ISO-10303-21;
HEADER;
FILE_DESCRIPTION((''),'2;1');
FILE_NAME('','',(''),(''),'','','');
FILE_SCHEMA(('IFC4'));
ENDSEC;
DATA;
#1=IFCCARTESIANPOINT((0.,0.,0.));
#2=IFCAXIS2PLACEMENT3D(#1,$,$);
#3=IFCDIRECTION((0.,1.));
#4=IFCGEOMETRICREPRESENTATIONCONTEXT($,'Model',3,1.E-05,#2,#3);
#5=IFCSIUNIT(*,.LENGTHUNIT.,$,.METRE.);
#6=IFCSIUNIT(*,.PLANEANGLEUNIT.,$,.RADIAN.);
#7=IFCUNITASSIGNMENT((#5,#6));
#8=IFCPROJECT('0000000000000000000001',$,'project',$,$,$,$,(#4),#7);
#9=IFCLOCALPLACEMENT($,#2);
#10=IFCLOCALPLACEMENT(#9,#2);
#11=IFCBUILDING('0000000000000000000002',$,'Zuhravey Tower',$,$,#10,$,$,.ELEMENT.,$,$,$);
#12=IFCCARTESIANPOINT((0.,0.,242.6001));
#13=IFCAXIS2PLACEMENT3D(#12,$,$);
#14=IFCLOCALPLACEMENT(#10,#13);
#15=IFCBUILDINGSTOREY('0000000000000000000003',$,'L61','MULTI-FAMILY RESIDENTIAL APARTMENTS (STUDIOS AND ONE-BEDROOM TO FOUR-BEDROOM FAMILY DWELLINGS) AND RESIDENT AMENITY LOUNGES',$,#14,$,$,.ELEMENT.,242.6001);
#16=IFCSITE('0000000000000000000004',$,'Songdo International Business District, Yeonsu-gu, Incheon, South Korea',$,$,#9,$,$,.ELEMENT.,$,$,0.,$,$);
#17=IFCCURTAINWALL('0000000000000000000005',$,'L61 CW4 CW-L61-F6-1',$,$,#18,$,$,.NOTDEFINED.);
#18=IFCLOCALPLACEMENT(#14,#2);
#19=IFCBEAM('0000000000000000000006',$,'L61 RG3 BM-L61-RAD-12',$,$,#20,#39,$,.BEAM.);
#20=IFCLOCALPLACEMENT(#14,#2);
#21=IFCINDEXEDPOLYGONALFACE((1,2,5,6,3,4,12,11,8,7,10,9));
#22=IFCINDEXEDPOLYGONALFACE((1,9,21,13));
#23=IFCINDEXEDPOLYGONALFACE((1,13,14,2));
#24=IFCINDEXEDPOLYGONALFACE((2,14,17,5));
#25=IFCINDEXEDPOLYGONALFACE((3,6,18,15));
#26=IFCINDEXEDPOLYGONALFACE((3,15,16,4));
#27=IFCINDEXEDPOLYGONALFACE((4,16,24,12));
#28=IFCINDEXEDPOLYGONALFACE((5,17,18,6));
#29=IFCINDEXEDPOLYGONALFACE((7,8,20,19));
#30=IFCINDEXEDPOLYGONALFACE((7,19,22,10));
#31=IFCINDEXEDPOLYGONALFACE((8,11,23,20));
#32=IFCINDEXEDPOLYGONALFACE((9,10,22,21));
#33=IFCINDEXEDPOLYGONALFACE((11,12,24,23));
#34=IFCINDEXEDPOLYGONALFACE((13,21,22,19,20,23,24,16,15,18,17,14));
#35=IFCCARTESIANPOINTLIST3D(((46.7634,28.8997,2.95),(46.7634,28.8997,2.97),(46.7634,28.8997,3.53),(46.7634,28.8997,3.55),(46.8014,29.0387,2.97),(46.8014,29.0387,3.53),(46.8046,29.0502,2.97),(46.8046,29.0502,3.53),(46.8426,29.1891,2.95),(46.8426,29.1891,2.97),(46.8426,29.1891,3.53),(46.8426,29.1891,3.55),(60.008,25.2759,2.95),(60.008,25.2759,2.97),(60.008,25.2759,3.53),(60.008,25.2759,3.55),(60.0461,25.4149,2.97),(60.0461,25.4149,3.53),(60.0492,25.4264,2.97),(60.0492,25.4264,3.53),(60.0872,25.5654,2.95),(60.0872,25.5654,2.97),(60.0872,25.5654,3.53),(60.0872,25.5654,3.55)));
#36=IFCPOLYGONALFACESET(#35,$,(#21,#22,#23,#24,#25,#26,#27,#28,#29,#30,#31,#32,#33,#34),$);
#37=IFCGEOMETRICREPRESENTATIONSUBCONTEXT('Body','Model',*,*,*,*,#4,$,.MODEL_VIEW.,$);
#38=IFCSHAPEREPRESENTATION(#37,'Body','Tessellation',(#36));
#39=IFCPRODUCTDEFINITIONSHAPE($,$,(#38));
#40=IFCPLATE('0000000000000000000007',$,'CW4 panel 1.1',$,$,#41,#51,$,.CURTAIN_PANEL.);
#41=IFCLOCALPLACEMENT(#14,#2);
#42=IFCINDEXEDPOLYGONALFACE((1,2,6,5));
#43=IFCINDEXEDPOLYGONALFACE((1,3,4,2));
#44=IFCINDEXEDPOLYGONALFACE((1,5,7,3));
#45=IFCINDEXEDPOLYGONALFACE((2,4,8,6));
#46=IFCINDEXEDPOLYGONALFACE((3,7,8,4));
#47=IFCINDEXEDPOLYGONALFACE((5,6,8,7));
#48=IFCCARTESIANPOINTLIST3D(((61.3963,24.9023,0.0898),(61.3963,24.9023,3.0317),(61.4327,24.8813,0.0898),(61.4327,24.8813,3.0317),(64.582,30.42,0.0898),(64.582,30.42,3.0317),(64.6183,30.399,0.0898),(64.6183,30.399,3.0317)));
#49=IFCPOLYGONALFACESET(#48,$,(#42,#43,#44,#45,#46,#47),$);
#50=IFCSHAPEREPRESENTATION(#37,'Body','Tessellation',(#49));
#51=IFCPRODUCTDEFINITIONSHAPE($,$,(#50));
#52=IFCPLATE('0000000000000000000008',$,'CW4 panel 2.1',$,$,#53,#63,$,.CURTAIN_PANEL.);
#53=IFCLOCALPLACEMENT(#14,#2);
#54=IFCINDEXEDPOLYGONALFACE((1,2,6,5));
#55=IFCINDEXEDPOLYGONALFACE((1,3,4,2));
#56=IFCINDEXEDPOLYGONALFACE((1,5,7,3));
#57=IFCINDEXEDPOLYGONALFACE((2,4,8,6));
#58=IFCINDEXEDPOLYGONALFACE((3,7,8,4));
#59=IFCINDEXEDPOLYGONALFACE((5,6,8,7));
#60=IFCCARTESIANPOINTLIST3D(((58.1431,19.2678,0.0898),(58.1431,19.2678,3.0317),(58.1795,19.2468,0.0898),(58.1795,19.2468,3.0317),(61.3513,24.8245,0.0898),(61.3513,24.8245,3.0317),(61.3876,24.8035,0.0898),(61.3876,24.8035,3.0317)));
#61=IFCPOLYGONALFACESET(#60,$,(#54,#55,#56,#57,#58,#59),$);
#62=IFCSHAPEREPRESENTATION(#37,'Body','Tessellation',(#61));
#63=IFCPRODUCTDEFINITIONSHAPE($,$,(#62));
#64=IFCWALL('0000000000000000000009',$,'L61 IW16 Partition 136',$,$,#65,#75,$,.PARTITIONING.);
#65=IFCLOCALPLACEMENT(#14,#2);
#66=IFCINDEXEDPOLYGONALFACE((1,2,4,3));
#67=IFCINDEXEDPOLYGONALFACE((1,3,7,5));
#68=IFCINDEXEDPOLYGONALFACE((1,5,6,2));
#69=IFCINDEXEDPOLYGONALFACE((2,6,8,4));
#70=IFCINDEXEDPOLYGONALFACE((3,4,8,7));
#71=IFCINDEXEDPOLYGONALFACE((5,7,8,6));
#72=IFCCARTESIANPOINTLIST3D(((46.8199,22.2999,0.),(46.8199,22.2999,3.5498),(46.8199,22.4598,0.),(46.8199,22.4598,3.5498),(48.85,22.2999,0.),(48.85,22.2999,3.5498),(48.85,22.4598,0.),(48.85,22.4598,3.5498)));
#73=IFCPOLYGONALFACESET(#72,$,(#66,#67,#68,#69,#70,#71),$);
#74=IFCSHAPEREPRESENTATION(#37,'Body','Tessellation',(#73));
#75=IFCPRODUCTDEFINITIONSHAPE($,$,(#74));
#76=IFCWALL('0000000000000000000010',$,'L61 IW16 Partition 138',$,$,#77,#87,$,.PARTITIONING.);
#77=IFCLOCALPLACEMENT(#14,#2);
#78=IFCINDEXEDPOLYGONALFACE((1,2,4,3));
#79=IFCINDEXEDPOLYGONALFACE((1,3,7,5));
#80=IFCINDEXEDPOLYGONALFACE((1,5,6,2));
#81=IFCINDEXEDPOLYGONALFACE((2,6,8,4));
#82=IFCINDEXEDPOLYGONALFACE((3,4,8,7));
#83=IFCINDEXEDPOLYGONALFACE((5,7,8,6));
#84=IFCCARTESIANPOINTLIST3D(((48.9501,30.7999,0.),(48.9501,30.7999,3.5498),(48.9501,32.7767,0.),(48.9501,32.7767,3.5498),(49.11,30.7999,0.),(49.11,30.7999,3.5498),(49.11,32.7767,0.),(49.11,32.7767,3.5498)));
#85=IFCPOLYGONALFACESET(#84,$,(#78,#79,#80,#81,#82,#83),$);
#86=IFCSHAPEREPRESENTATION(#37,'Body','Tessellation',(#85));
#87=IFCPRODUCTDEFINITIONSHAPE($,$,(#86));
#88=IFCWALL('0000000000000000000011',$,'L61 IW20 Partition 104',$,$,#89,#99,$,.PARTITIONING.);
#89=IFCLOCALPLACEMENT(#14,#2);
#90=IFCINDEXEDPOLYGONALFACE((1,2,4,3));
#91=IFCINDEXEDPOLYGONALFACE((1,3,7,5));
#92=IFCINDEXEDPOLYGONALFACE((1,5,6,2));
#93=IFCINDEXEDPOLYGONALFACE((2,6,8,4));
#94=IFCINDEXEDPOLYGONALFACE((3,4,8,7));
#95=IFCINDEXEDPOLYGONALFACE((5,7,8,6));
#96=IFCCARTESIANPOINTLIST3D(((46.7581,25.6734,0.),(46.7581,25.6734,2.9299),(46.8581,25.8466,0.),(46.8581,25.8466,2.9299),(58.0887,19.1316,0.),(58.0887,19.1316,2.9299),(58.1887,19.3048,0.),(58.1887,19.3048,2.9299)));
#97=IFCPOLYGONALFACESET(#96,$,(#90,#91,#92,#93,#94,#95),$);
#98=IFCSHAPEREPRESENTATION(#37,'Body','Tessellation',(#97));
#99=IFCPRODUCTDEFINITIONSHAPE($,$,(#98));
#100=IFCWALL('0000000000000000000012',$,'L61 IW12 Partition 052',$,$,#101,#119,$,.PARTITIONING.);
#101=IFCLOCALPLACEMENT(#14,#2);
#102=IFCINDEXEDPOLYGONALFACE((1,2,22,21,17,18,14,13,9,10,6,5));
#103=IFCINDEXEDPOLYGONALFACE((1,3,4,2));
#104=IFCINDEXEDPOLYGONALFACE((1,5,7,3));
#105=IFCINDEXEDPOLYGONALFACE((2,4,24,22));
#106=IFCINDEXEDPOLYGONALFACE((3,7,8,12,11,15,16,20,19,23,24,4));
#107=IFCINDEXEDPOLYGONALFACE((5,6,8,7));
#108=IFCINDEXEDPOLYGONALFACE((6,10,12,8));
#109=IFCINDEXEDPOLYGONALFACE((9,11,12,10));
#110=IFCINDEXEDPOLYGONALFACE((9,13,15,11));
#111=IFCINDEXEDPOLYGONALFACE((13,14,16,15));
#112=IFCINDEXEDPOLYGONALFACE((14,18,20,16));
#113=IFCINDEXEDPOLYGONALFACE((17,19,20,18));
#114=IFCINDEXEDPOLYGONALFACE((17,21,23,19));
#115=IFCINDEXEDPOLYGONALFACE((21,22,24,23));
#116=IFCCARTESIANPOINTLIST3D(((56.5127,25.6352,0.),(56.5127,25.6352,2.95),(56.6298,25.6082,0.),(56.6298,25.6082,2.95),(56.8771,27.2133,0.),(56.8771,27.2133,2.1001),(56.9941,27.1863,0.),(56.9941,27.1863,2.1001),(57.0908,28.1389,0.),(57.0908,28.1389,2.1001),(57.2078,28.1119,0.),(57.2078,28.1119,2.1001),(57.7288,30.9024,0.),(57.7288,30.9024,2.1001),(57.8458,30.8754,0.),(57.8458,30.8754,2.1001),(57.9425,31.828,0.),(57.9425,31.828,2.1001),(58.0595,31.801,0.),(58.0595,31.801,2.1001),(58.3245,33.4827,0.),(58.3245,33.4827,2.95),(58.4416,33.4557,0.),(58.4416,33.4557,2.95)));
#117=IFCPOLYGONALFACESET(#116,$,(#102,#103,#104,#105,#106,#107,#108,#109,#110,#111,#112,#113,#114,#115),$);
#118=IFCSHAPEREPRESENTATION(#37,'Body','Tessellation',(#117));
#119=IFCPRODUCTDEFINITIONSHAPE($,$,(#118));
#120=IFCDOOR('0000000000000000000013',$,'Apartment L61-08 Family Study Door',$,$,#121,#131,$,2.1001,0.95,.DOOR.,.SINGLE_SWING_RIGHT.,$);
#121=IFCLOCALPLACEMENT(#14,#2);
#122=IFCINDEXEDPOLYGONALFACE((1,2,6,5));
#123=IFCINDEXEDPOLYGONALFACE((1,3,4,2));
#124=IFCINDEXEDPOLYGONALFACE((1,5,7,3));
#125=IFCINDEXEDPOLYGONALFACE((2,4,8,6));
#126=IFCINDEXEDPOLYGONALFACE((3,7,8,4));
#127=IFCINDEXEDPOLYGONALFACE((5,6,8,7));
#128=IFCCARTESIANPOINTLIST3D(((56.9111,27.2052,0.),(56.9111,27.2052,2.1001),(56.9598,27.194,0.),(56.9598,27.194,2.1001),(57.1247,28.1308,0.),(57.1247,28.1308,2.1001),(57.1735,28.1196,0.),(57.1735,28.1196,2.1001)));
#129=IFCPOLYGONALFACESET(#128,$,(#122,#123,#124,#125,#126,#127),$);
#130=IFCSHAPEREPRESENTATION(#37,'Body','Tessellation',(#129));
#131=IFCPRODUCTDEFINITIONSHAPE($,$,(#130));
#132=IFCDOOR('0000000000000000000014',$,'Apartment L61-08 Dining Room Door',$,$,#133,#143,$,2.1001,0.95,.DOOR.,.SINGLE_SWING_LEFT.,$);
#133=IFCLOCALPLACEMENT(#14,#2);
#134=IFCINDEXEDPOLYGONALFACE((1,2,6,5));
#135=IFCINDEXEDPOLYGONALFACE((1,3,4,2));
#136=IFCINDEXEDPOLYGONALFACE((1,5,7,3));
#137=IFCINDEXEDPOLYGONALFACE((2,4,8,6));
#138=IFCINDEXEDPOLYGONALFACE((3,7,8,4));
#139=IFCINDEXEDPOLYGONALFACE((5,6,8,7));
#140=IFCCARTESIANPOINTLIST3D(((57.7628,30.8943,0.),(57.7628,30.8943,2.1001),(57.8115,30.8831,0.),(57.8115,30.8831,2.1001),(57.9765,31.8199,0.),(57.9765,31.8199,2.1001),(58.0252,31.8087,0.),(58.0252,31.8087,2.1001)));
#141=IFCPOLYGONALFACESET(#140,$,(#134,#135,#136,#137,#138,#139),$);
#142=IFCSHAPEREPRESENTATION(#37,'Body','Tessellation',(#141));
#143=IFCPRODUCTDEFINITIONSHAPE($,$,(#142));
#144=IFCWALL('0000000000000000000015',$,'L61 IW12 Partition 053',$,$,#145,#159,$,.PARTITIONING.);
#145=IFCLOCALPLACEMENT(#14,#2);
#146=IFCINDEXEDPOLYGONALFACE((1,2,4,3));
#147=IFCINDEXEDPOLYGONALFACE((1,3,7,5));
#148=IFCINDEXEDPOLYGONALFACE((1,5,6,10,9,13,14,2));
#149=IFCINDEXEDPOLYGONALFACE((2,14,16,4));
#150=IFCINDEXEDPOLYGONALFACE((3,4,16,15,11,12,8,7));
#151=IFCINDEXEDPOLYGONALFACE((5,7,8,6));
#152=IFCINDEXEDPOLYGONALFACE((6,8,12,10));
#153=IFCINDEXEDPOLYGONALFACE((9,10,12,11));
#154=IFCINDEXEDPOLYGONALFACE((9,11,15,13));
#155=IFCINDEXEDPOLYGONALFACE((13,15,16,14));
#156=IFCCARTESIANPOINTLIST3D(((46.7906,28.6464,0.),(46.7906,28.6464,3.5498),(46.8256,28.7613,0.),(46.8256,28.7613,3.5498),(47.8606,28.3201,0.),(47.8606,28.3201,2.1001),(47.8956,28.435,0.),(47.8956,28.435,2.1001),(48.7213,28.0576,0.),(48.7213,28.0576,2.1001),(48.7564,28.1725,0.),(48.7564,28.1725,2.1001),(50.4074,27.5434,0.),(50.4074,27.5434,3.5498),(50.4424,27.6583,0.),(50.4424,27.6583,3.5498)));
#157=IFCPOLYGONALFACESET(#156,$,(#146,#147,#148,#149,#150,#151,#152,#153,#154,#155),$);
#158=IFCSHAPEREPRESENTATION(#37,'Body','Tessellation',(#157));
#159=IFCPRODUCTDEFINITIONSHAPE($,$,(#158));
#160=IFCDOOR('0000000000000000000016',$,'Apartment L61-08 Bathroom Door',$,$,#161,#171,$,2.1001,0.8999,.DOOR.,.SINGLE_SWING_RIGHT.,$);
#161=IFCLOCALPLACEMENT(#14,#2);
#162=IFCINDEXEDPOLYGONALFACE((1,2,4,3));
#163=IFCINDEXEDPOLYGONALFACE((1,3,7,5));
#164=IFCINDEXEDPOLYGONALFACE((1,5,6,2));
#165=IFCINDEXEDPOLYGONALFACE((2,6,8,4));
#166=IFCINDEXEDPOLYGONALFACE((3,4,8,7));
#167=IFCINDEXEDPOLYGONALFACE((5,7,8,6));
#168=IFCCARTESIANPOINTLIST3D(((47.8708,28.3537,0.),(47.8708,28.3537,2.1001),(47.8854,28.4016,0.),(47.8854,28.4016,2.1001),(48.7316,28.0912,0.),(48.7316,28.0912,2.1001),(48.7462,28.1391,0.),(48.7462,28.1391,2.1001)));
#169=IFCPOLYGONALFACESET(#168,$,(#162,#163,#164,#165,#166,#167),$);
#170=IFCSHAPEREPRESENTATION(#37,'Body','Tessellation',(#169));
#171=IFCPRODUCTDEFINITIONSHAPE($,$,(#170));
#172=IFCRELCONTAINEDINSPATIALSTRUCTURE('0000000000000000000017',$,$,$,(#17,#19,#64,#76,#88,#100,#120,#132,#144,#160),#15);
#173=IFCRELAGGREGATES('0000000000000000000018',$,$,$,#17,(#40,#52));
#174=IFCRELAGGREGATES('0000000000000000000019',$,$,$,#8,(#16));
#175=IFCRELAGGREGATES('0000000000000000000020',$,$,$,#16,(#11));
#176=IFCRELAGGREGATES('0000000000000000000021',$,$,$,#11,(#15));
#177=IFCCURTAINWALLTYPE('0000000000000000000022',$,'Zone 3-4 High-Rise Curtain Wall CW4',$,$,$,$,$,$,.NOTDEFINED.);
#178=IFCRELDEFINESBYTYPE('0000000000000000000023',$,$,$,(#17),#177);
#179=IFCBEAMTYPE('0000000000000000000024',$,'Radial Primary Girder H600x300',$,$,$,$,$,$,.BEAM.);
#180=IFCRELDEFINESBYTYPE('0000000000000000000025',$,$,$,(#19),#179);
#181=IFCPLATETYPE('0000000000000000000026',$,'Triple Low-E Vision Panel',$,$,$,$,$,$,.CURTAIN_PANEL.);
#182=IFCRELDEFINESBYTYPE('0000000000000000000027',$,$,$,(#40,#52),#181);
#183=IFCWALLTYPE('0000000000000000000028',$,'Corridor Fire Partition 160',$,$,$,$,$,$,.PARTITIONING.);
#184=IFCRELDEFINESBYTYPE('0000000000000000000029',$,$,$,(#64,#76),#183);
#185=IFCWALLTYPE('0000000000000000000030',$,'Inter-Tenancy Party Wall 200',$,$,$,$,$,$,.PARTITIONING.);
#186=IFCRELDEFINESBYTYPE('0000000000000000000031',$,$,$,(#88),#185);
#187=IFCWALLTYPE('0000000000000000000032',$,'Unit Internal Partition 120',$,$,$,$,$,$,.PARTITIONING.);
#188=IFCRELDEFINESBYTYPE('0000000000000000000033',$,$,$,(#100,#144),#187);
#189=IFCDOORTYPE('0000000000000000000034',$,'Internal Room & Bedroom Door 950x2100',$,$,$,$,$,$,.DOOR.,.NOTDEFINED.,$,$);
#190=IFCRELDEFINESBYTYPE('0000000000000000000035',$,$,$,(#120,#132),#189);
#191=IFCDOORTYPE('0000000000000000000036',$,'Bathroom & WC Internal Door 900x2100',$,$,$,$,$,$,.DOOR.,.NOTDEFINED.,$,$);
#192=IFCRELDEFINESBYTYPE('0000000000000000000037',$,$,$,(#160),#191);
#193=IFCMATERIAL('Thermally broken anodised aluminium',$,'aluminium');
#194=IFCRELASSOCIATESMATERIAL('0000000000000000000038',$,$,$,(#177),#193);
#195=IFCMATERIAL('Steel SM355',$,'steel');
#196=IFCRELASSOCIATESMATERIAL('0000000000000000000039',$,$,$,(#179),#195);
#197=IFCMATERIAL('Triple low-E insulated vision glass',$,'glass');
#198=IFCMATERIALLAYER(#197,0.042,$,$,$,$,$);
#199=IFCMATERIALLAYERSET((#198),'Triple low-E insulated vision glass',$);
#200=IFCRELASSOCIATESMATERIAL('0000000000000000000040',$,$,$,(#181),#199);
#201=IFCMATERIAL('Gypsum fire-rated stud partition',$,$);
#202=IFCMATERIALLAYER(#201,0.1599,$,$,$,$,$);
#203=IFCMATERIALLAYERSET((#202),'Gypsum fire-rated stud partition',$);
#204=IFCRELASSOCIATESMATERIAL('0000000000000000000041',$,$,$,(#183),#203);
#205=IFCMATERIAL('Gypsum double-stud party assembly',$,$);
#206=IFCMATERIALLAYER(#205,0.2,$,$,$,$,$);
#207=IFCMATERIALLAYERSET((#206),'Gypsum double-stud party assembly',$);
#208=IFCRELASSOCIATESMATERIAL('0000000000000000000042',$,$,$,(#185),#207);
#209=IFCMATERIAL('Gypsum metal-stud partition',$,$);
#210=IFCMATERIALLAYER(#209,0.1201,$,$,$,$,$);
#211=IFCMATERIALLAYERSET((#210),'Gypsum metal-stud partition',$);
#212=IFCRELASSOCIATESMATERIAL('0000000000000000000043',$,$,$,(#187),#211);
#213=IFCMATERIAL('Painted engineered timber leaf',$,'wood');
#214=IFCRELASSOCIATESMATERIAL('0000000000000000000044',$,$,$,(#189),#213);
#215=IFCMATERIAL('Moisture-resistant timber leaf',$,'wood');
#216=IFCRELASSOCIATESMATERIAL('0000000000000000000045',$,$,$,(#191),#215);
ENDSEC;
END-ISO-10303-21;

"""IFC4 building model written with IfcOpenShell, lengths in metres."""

from ifc_helpers import new_model, si_unit, direction, frame, frame_2d, origin, origin_2d, place, context, subcontext, project, spatial, rectangle, i_section, extrude, material, layer, layer_set, material_profile, profile_set, type_object, element, fill, aggregate, save


model = new_model("IFC4")

# Units and contexts
model_context = context("Model", 3, precision=1e-05, world=origin(), true_north=direction((0.0, 1.0)))
body_context = subcontext(model_context, "Body", "Model", "MODEL_VIEW")
ifc_project = project(units=[si_unit("LENGTHUNIT", "METRE"), si_unit("PLANEANGLEUNIT", "RADIAN")], contexts=[model_context])

# Site, building, storey
site_placement = place(None, origin())
site = spatial("IfcSite", under=ifc_project, at=site_placement, Name="Songdo International Business District, Yeonsu-gu, Incheon, South Korea", CompositionType="ELEMENT", RefElevation=0.0)
building_placement = place(site_placement, origin())
building = spatial("IfcBuilding", under=site, at=building_placement, Name="Zuhravey Tower", CompositionType="ELEMENT")
storey_placement = place(building_placement, frame((0.0, 0.0, 242.6001)))
storey = spatial("IfcBuildingStorey", under=building, at=storey_placement, Name="L61", Description="MULTI-FAMILY RESIDENTIAL APARTMENTS (STUDIOS AND ONE-BEDROOM TO FOUR-BEDROOM FAMILY DWELLINGS) AND RESIDENT AMENITY LOUNGES", CompositionType="ELEMENT", Elevation=242.6001)

# Curtain wall
ifc_material_1 = material(Name="Thermally broken anodised aluminium", Category="aluminium")
curtain_wall_type = type_object("IfcCurtainWallType", Name="Zone 3-4 High-Rise Curtain Wall CW4", PredefinedType="NOTDEFINED", material=ifc_material_1)
curtain_wall_placement = place(storey_placement, origin())
curtain_wall = element("IfcCurtainWall", 1, at=curtain_wall_placement, inside=storey, type_object=curtain_wall_type, Name="L61 CW4 CW-L61-F6-1", PredefinedType="NOTDEFINED")

# Beam
ifc_material_2 = material(Name="Steel SM355", Category="steel")
ifc_material_profile_1 = material_profile(ifc_material_2, i_section(OverallWidth=0.3, OverallDepth=0.6001, WebThickness=0.012, FlangeThickness=0.02, at=origin_2d()), Name="H-600x300x12x20")
ifc_profile_set_1 = profile_set([ifc_material_profile_1], Name="Steel SM355")
beam_type_1 = type_object("IfcBeamType", Name="Radial Primary Girder H600x300", PredefinedType="BEAM", material=ifc_profile_set_1)
beam_1_placement = place(storey_placement, frame((46.803, 29.0444, 3.25), z_axis=(0.964549, -0.263904, 0.0), x_axis=(0.263904, 0.964549, 0.0)))
element("IfcBeam", 2, at=beam_1_placement, inside=storey, type_object=beam_type_1, Name="L61 RG3 BM-L61-RAD-12", PredefinedType="BEAM", context=body_context, shape_type="SweptSolid", body=[
    extrude(i_section(OverallWidth=0.3, OverallDepth=0.6001, WebThickness=0.012, FlangeThickness=0.02, at=origin_2d()), origin(), (0.0, 0.0, 1.0), 13.7314),
])

# Plates
ifc_material_3 = material(Name="Triple low-E insulated vision glass", Category="glass")
ifc_layer_1 = layer(ifc_material_3, 0.042)
ifc_layer_set_1 = layer_set([ifc_layer_1], Name="Triple low-E insulated vision glass")
plate_type = type_object("IfcPlateType", Name="Triple Low-E Vision Panel", PredefinedType="CURTAIN_PANEL", material=ifc_layer_set_1)
plate_1_placement = place(storey_placement, frame((63.0073, 27.6506, 0.0898), z_axis=(0.0, 0.0, 1.0), x_axis=(-0.500001, -0.866025, 0.0)))
plate_1 = element("IfcPlate", 3, at=plate_1_placement, type_object=plate_type, Name="CW4 panel 1.1", PredefinedType="CURTAIN_PANEL", context=body_context, shape_type="SweptSolid", body=[
    extrude(rectangle(XDim=6.3713, YDim=0.042, at=origin_2d()), origin(), (0.0, 0.0, 1.0), 2.9419),
])
plate_2_placement = place(storey_placement, frame((59.7654, 22.0356, 0.0898), z_axis=(0.0, 0.0, 1.0), x_axis=(-0.500001, -0.866025, 0.0)))
plate_2 = element("IfcPlate", 4, at=plate_2_placement, type_object=plate_type, Name="CW4 panel 2.1", PredefinedType="CURTAIN_PANEL", context=body_context, shape_type="SweptSolid", body=[
    extrude(rectangle(XDim=6.4163, YDim=0.042, at=origin_2d()), origin(), (0.0, 0.0, 1.0), 2.9419),
])
aggregate(curtain_wall, [plate_1, plate_2])

# Shared definitions
ifc_material_4 = material(Name="Gypsum fire-rated stud partition")
ifc_layer_2 = layer(ifc_material_4, 0.1599)
ifc_layer_set_2 = layer_set([ifc_layer_2], Name="Gypsum fire-rated stud partition")
wall_type_1 = type_object("IfcWallType", Name="Corridor Fire Partition 160", PredefinedType="PARTITIONING", material=ifc_layer_set_2)

# Walls
wall_1_placement = place(storey_placement, frame((48.8501, 22.3799, 0.0), z_axis=(0.0, 0.0, 1.0), x_axis=(-1.0, 0.0, 0.0)))
element("IfcWall", 5, at=wall_1_placement, inside=storey, type_object=wall_type_1, Name="L61 IW16 Partition 136", PredefinedType="PARTITIONING", context=body_context, shape_type="SweptSolid", body=[
    extrude(rectangle(XDim=2.03, YDim=0.1599, at=frame_2d((1.0151, 0.0))), origin(), (0.0, 0.0, 1.0), 3.5498),
])
wall_2_placement = place(storey_placement, frame((49.03, 30.8, 0.0), z_axis=(0.0, 0.0, 1.0), x_axis=(0.0, 1.0, 0.0)))
element("IfcWall", 6, at=wall_2_placement, inside=storey, type_object=wall_type_1, Name="L61 IW16 Partition 138", PredefinedType="PARTITIONING", context=body_context, shape_type="SweptSolid", body=[
    extrude(rectangle(XDim=1.9768, YDim=0.1599, at=frame_2d((0.9883, 0.0))), origin(), (0.0, 0.0, 1.0), 3.5498),
])
ifc_material_5 = material(Name="Gypsum double-stud party assembly")
ifc_layer_3 = layer(ifc_material_5, 0.2)
ifc_layer_set_3 = layer_set([ifc_layer_3], Name="Gypsum double-stud party assembly")
wall_type_2 = type_object("IfcWallType", Name="Inter-Tenancy Party Wall 200", PredefinedType="PARTITIONING", material=ifc_layer_set_3)
wall_3_placement = place(storey_placement, frame((46.8081, 25.76, 0.0), z_axis=(0.0, 0.0, 1.0), x_axis=(0.866024, -0.500002, 0.0)))
element("IfcWall", 7, at=wall_3_placement, inside=storey, type_object=wall_type_2, Name="L61 IW20 Partition 104", PredefinedType="PARTITIONING", context=body_context, shape_type="SweptSolid", body=[
    extrude(rectangle(XDim=13.0835, YDim=0.2, at=frame_2d((6.5417, 0.0))), origin(), (0.0, 0.0, 1.0), 2.9299),
])

# Wall, openings, doors
ifc_material_6 = material(Name="Gypsum metal-stud partition")
ifc_layer_4 = layer(ifc_material_6, 0.1201)
ifc_layer_set_4 = layer_set([ifc_layer_4], Name="Gypsum metal-stud partition")
wall_type_3 = type_object("IfcWallType", Name="Unit Internal Partition 120", PredefinedType="PARTITIONING", material=ifc_layer_set_4)
wall_4_placement = place(storey_placement, frame((56.5713, 25.6218, 0.0), z_axis=(0.0, 0.0, 1.0), x_axis=(0.224957, 0.974369, 0.0)))
wall_4 = element("IfcWall", 8, at=wall_4_placement, inside=storey, type_object=wall_type_3, Name="L61 IW12 Partition 052", PredefinedType="PARTITIONING", context=body_context, shape_type="SweptSolid", body=[
    extrude(rectangle(XDim=8.054, YDim=0.1201, at=frame_2d((4.0269, 0.0))), origin(), (0.0, 0.0, 1.0), 2.95),
])
opening_1_placement = place(wall_4_placement, frame((1.6194, 0.0, 0.0)))
opening_1 = element("IfcOpeningElement", 9, at=opening_1_placement, cuts=wall_4, PredefinedType="OPENING", context=body_context, shape_type="SweptSolid", body=[
    extrude(rectangle(XDim=0.95, YDim=2.1001, at=frame_2d((0.4751, 1.05))), frame((0.0, 0.072, 0.0), z_axis=(0.0, -1.0, 0.0), x_axis=(1.0, 0.0, 0.0)), (0.0, 0.0, 1.0), 0.144),
])
opening_2_placement = place(wall_4_placement, frame((5.4055, 0.0, 0.0)))
opening_2 = element("IfcOpeningElement", 10, at=opening_2_placement, cuts=wall_4, PredefinedType="OPENING", context=body_context, shape_type="SweptSolid", body=[
    extrude(rectangle(XDim=0.95, YDim=2.1001, at=frame_2d((0.4751, 1.05))), frame((0.0, 0.072, 0.0), z_axis=(0.0, -1.0, 0.0), x_axis=(1.0, 0.0, 0.0)), (0.0, 0.0, 1.0), 0.144),
])
ifc_material_7 = material(Name="Painted engineered timber leaf", Category="wood")
door_type_1 = type_object("IfcDoorType", Name="Internal Room & Bedroom Door 950x2100", OperationType="NOTDEFINED", PredefinedType="DOOR", material=ifc_material_7)
door_1_placement = place(opening_1_placement, frame((0.95, 0.0, 0.0), z_axis=(0.0, 0.0, 1.0), x_axis=(-1.0, 0.0, 0.0)))
door_1 = element("IfcDoor", 11, at=door_1_placement, inside=storey, type_object=door_type_1, Name="Apartment L61-08 Family Study Door", OperationType="SINGLE_SWING_RIGHT", OverallHeight=2.1001, OverallWidth=0.95, PredefinedType="DOOR", context=body_context, shape_type="SweptSolid", body=[
    extrude(rectangle(XDim=0.95, YDim=2.1001, at=frame_2d((0.4751, 1.05))), frame((0.0, 0.0249, 0.0), z_axis=(0.0, -1.0, 0.0), x_axis=(1.0, 0.0, 0.0)), (0.0, 0.0, 1.0), 0.05),
])
fill(opening_1, door_1)
door_2_placement = place(opening_2_placement, frame((0.95, 0.0, 0.0), z_axis=(0.0, 0.0, 1.0), x_axis=(-1.0, 0.0, 0.0)))
door_2 = element("IfcDoor", 12, at=door_2_placement, inside=storey, type_object=door_type_1, Name="Apartment L61-08 Dining Room Door", OperationType="SINGLE_SWING_LEFT", OverallHeight=2.1001, OverallWidth=0.95, PredefinedType="DOOR", context=body_context, shape_type="SweptSolid", body=[
    extrude(rectangle(XDim=0.95, YDim=2.1001, at=frame_2d((0.4751, 1.05))), frame((0.0, 0.0249, 0.0), z_axis=(0.0, -1.0, 0.0), x_axis=(1.0, 0.0, 0.0)), (0.0, 0.0, 1.0), 0.05),
])
fill(opening_2, door_2)

# Wall, opening, door
wall_5_placement = place(storey_placement, frame((46.8081, 28.7039, 0.0), z_axis=(0.0, 0.0, 1.0), x_axis=(0.956505, -0.291717, 0.0)))
wall_5 = element("IfcWall", 13, at=wall_5_placement, inside=storey, type_object=wall_type_3, Name="L61 IW12 Partition 053", PredefinedType="PARTITIONING", context=body_context, shape_type="SweptSolid", body=[
    extrude(rectangle(XDim=3.7812, YDim=0.1201, at=frame_2d((1.8906, 0.0))), origin(), (0.0, 0.0, 1.0), 3.5498),
])
opening_3_placement = place(wall_5_placement, frame((1.1187, 0.0, 0.0)))
opening_3 = element("IfcOpeningElement", 14, at=opening_3_placement, cuts=wall_5, PredefinedType="OPENING", context=body_context, shape_type="SweptSolid", body=[
    extrude(rectangle(XDim=0.8999, YDim=2.1001, at=frame_2d((0.45, 1.05))), frame((0.0, 0.072, 0.0), z_axis=(0.0, -1.0, 0.0), x_axis=(1.0, 0.0, 0.0)), (0.0, 0.0, 1.0), 0.144),
])
ifc_material_8 = material(Name="Moisture-resistant timber leaf", Category="wood")
door_type_2 = type_object("IfcDoorType", Name="Bathroom & WC Internal Door 900x2100", OperationType="NOTDEFINED", PredefinedType="DOOR", material=ifc_material_8)
door_3_placement = place(opening_3_placement, frame((0.8999, 0.0, 0.0), z_axis=(0.0, 0.0, 1.0), x_axis=(-1.0, 0.0, 0.0)))
door_3 = element("IfcDoor", 15, at=door_3_placement, inside=storey, type_object=door_type_2, Name="Apartment L61-08 Bathroom Door", OperationType="SINGLE_SWING_RIGHT", OverallHeight=2.1001, OverallWidth=0.8999, PredefinedType="DOOR", context=body_context, shape_type="SweptSolid", body=[
    extrude(rectangle(XDim=0.8999, YDim=2.1001, at=frame_2d((0.45, 1.05))), frame((0.0, 0.0249, 0.0), z_axis=(0.0, -1.0, 0.0), x_axis=(1.0, 0.0, 0.0)), (0.0, 0.0, 1.0), 0.05),
])
fill(opening_3, door_3)

save(model, "model.ifc")
